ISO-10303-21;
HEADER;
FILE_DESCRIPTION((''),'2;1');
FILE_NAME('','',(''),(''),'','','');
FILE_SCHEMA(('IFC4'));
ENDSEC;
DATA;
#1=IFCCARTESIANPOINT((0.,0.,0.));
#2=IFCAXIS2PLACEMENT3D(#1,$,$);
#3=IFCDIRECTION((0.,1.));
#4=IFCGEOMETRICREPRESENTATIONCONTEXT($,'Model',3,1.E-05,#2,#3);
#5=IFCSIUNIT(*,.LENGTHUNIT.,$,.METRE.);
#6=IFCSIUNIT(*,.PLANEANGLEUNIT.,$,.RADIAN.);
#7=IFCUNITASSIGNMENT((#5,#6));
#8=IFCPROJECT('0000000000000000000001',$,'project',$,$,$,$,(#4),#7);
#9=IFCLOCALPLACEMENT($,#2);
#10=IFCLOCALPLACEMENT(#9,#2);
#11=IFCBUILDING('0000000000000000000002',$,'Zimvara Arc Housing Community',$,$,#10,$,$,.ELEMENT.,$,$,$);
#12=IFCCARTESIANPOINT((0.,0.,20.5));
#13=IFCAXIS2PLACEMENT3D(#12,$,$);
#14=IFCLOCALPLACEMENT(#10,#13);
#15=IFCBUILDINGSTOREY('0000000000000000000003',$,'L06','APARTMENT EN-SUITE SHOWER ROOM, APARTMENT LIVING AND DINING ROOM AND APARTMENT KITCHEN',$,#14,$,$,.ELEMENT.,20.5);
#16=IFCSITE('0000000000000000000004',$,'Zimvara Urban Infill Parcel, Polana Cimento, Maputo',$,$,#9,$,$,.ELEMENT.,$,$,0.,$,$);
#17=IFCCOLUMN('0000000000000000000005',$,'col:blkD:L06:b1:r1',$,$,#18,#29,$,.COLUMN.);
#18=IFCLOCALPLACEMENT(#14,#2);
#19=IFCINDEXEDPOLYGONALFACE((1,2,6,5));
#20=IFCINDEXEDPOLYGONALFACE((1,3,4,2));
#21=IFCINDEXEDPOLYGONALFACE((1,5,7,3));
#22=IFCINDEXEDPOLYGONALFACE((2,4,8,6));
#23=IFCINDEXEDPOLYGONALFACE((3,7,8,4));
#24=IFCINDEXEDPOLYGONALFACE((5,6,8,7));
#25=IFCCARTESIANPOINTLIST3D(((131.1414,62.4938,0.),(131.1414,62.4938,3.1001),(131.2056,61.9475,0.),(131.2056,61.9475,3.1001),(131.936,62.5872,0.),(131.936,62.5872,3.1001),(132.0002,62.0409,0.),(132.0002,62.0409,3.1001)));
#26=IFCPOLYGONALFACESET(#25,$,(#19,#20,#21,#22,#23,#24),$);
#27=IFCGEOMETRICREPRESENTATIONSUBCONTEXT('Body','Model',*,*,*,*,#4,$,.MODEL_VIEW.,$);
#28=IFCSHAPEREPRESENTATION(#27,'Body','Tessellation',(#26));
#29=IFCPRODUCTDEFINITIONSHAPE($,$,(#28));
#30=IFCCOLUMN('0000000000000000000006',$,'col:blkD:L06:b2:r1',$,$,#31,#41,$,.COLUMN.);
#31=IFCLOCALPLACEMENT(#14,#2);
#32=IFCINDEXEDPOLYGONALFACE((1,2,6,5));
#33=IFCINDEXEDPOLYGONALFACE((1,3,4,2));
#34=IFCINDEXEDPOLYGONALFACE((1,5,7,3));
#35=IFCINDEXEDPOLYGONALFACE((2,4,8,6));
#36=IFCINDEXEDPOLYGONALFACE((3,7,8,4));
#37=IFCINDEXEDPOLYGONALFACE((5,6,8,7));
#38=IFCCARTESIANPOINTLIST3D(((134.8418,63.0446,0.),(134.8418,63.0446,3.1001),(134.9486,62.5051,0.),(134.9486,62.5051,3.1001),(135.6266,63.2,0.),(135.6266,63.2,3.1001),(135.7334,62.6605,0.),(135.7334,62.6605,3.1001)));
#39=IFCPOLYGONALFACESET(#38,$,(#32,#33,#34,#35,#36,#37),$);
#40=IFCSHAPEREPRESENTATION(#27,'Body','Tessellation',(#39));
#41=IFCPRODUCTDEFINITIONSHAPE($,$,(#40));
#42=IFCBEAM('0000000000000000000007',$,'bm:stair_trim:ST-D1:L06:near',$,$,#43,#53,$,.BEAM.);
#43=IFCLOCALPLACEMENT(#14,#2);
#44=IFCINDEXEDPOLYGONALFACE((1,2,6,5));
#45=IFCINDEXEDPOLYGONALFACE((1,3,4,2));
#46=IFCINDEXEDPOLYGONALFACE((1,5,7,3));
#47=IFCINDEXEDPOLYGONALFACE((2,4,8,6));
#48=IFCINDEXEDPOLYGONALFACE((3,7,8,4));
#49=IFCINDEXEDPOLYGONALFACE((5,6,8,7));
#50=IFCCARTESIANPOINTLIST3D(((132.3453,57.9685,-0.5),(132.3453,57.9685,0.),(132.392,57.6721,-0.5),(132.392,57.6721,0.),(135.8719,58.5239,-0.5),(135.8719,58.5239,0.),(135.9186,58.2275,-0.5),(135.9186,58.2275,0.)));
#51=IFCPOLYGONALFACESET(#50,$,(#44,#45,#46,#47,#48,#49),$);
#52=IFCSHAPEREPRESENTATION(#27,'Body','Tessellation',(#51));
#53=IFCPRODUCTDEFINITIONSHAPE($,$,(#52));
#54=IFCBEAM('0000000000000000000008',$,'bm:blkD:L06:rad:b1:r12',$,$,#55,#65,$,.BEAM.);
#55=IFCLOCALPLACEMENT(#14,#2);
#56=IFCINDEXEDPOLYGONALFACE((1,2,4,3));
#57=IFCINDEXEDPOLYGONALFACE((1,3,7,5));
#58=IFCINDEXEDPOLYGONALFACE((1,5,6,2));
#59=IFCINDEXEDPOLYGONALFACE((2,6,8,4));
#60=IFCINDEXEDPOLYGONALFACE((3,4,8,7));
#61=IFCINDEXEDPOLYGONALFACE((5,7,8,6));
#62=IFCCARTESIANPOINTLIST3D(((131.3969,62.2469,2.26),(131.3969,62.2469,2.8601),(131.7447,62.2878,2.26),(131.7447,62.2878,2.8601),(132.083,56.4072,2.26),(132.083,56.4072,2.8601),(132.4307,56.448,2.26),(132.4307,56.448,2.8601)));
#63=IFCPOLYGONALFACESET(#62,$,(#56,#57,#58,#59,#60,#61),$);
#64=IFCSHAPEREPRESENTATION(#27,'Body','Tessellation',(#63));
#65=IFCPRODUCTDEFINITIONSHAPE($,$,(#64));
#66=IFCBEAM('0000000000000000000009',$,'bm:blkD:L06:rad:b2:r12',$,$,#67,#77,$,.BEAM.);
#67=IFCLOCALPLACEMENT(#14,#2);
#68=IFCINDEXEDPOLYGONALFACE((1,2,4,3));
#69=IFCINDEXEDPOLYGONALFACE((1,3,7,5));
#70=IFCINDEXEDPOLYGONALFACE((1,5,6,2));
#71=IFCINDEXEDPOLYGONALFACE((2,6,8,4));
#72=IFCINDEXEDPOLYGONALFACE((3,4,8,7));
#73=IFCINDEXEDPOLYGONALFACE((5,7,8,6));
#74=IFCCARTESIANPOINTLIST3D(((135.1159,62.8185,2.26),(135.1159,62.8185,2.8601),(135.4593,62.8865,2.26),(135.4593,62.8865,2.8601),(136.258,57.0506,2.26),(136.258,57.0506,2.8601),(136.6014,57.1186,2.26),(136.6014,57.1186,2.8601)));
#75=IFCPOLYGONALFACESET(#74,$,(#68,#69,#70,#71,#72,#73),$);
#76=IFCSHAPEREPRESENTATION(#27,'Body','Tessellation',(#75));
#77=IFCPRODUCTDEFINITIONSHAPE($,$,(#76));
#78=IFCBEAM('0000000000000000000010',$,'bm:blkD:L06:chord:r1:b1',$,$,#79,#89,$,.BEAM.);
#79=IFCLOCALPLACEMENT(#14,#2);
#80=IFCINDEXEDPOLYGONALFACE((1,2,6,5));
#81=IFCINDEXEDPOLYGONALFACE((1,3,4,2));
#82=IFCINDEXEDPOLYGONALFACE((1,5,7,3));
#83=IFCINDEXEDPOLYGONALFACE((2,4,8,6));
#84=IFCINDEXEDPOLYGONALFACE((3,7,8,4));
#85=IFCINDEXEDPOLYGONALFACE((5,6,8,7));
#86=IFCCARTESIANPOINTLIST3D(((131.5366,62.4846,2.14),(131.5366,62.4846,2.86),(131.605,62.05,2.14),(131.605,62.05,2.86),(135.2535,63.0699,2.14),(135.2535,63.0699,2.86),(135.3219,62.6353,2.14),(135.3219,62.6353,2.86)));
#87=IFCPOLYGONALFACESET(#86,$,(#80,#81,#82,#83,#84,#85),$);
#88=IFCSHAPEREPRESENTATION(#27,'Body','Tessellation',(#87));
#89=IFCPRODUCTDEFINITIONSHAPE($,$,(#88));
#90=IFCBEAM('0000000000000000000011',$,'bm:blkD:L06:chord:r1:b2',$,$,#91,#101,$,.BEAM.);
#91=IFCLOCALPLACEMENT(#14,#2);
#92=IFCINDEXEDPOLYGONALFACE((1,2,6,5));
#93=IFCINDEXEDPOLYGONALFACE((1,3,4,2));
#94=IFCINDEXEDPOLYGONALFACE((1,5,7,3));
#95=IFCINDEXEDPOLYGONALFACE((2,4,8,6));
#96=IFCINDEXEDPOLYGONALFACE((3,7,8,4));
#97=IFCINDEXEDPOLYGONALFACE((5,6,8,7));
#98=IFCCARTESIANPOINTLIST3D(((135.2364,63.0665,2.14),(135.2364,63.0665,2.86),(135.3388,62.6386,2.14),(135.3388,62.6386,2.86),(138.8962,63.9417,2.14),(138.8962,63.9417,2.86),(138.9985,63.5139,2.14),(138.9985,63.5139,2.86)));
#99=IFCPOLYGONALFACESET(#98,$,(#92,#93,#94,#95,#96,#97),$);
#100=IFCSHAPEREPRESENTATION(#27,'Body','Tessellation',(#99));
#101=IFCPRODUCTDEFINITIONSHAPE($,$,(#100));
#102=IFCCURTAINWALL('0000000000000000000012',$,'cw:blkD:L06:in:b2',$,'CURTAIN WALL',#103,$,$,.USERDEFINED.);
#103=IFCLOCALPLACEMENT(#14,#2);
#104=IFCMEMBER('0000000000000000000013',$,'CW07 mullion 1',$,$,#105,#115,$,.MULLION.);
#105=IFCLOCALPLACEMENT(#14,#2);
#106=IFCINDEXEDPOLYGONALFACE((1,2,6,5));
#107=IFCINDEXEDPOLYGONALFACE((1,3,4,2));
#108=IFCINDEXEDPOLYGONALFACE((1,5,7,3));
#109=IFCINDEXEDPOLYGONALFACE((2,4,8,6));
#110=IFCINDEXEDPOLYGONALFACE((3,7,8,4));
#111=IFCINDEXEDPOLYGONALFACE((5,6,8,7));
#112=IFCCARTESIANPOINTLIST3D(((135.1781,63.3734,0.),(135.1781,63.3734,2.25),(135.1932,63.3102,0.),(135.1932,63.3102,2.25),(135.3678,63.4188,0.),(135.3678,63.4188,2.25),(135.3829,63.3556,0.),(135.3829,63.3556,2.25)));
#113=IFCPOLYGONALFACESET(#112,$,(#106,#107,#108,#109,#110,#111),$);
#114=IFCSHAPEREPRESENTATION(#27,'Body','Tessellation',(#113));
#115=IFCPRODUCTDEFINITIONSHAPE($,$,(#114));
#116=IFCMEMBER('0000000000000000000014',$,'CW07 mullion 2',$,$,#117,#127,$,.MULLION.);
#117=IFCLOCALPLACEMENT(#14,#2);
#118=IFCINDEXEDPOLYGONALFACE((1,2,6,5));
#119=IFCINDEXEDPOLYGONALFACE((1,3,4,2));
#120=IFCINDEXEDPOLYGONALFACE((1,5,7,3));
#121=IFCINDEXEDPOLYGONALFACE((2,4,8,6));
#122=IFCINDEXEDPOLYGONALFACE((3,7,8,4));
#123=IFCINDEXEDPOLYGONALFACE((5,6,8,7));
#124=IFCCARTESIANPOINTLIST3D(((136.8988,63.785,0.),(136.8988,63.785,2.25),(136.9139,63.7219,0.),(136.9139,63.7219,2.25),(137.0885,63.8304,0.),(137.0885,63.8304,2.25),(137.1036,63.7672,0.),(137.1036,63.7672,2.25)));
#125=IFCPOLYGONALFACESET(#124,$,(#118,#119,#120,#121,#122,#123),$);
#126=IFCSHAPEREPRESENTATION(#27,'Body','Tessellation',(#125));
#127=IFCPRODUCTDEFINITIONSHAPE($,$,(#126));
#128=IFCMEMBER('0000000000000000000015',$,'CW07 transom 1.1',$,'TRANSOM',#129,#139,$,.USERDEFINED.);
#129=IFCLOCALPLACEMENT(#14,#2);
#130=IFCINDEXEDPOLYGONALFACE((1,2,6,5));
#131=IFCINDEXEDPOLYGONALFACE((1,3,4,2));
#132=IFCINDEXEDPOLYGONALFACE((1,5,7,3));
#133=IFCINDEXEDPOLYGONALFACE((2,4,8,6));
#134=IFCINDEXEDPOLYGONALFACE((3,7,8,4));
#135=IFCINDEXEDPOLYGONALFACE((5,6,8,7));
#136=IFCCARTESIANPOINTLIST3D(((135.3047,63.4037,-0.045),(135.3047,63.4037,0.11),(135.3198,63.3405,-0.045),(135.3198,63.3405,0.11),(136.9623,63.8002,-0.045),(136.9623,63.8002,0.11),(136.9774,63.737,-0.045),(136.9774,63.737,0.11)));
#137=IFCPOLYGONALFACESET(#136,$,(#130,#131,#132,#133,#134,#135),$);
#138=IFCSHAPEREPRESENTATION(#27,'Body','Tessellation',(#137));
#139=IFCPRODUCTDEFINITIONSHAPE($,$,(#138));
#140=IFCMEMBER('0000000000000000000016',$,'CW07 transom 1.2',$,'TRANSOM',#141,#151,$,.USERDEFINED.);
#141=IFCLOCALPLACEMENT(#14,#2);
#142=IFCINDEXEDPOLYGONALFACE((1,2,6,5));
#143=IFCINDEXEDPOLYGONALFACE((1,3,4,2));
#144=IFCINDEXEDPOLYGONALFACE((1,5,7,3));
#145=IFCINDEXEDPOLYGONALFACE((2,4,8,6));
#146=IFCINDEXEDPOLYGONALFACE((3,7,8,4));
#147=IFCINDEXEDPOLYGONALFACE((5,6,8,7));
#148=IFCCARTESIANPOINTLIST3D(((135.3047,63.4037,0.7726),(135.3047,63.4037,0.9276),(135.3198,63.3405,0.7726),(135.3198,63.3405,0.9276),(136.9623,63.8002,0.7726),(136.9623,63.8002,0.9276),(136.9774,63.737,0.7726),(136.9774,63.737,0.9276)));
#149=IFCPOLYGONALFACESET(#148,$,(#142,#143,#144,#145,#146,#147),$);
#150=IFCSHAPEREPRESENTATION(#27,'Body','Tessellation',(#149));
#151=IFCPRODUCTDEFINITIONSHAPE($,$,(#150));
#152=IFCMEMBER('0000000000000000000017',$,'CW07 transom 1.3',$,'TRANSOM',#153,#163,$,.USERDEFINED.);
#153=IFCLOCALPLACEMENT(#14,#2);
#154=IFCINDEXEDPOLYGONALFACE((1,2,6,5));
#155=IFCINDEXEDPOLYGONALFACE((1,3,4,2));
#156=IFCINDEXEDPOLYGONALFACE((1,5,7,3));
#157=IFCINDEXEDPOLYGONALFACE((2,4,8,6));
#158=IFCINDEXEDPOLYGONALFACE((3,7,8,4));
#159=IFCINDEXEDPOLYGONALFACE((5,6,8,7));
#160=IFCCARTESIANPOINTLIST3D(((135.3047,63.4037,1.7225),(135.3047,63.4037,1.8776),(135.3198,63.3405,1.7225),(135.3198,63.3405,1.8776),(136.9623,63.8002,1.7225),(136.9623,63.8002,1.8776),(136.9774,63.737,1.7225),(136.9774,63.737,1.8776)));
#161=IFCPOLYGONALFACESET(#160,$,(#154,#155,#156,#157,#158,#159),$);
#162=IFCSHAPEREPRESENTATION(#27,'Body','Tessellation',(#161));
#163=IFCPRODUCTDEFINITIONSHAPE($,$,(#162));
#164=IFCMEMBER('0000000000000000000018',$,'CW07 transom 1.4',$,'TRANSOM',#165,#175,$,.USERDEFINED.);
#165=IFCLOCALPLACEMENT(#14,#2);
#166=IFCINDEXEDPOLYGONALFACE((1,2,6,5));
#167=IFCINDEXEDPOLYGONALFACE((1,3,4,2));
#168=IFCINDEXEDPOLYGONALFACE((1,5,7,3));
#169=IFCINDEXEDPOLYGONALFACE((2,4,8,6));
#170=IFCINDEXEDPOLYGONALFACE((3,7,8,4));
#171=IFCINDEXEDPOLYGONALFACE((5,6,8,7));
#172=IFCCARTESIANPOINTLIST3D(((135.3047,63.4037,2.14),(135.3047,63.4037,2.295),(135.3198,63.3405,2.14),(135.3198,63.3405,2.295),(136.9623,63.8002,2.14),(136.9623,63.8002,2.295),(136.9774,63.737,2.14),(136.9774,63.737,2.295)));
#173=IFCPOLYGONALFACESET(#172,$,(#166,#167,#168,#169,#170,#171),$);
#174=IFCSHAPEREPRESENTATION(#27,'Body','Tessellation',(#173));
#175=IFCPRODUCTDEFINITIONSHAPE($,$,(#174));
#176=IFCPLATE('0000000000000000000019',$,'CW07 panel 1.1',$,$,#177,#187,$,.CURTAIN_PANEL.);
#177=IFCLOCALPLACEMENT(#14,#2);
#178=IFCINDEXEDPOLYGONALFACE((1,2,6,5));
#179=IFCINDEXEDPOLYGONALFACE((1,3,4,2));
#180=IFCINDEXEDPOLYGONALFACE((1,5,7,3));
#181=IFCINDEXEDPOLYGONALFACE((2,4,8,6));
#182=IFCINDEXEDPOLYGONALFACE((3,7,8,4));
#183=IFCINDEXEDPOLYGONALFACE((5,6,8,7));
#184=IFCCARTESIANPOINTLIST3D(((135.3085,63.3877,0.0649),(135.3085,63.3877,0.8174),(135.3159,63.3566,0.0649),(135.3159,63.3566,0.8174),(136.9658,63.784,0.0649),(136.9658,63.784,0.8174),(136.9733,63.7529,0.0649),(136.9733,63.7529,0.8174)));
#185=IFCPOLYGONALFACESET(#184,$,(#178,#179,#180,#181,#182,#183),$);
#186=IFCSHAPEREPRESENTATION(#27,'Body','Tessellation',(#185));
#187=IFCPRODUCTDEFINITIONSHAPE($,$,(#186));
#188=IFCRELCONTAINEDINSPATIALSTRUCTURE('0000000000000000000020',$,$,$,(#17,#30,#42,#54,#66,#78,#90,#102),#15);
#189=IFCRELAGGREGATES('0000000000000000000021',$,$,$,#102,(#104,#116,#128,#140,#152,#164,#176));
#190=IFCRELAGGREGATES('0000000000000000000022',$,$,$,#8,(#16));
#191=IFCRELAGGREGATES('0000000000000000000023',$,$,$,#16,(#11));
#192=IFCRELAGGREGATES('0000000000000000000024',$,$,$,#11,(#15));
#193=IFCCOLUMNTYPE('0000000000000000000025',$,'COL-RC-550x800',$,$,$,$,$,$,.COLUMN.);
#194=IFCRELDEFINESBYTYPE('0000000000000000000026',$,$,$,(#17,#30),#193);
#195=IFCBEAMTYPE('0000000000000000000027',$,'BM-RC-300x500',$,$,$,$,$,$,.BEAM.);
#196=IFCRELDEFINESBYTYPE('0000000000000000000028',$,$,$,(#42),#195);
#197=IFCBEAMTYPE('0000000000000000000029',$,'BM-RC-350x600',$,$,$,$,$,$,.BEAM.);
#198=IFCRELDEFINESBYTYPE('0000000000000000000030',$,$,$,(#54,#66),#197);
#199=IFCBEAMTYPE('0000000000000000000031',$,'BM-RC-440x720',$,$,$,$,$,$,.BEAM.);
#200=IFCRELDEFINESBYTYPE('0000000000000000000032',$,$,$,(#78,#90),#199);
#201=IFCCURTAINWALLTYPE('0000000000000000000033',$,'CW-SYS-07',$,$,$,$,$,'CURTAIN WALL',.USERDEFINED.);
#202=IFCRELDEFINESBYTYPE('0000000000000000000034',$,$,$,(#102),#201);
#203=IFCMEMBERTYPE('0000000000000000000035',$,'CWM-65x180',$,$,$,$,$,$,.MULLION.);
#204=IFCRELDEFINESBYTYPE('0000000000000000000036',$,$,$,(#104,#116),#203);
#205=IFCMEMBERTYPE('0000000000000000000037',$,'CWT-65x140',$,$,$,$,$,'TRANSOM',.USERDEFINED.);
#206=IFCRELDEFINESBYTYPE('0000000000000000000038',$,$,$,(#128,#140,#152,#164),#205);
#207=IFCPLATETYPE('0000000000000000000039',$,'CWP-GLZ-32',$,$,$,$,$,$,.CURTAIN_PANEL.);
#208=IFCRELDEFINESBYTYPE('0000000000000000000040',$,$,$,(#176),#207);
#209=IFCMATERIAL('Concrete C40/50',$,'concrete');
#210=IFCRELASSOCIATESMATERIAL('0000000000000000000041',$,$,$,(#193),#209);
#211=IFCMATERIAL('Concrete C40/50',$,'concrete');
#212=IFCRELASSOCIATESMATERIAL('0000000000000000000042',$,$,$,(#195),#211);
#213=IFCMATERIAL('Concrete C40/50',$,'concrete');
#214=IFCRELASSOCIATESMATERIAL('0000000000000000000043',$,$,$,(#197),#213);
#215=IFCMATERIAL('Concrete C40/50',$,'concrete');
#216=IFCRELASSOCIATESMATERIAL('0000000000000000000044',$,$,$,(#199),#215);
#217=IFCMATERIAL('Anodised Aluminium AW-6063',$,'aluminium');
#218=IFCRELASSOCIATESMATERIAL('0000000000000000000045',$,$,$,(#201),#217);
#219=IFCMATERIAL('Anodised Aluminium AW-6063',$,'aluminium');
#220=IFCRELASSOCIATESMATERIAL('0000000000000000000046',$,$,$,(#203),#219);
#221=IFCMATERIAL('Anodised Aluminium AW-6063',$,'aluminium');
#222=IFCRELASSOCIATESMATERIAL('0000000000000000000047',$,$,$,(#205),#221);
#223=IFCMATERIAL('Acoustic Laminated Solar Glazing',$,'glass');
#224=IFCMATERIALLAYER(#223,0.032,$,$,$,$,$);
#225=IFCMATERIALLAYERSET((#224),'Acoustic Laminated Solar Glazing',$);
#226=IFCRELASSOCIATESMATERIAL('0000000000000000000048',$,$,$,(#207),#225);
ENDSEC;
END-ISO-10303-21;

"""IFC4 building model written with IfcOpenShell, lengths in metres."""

from ifc_helpers import new_model, si_unit, direction, frame, origin, origin_2d, place, context, subcontext, project, spatial, rectangle, extrude, material, layer, layer_set, material_profile, profile_set, type_object, element, aggregate, save


model = new_model("IFC4")

# Units and contexts
model_context = context("Model", 3, precision=1e-05, world=origin(), true_north=direction((0.0, 1.0)))
body_context = subcontext(model_context, "Body", "Model", "MODEL_VIEW")
ifc_project = project(units=[si_unit("LENGTHUNIT", "METRE"), si_unit("PLANEANGLEUNIT", "RADIAN")], contexts=[model_context])

# Site, building, storey
site_placement = place(None, origin())
site = spatial("IfcSite", under=ifc_project, at=site_placement, Name="Zimvara Urban Infill Parcel, Polana Cimento, Maputo", CompositionType="ELEMENT", RefElevation=0.0)
building_placement = place(site_placement, origin())
building = spatial("IfcBuilding", under=site, at=building_placement, Name="Zimvara Arc Housing Community", CompositionType="ELEMENT")
storey_placement = place(building_placement, frame((0.0, 0.0, 20.5)))
storey = spatial("IfcBuildingStorey", under=building, at=storey_placement, Name="L06", Description="APARTMENT EN-SUITE SHOWER ROOM, APARTMENT LIVING AND DINING ROOM AND APARTMENT KITCHEN", CompositionType="ELEMENT", Elevation=20.5)

# Columns
ifc_material_1 = material(Name="Concrete C40/50", Category="concrete")
ifc_material_profile_1 = material_profile(ifc_material_1, rectangle(XDim=0.55, YDim=0.8, at=origin_2d()), Name="RC 550x800")
ifc_profile_set_1 = profile_set([ifc_material_profile_1], Name="Concrete C40/50")
column_type = type_object("IfcColumnType", Name="COL-RC-550x800", PredefinedType="COLUMN", material=ifc_profile_set_1)
for number, where, z_axis, x_axis, name in (
    (1, (131.5708, 62.2673, 0.0), (0.0, 0.0, 1.0), (0.116671, -0.993171, 0.0), "col:blkD:L06:b1:r1"),
    (2, (135.2876, 62.8525, 0.0), (0.0, 0.0, 1.0), (0.194234, -0.980955, 0.0), "col:blkD:L06:b2:r1"),
):
    element("IfcColumn", number, at=place(storey_placement, frame(where, z_axis=z_axis, x_axis=x_axis)), inside=storey, type_object=column_type, Name=name, PredefinedType="COLUMN", context=body_context, shape_type="SweptSolid", body=[
        extrude(rectangle(XDim=0.55, YDim=0.8, at=origin_2d()), origin(), (0.0, 0.0, 1.0), 3.1001),
    ])

# Beams
ifc_material_2 = material(Name="Concrete C40/50", Category="concrete")
ifc_material_profile_2 = material_profile(ifc_material_2, rectangle(XDim=0.3, YDim=0.5, at=origin_2d()), Name="RC 300x500")
ifc_profile_set_2 = profile_set([ifc_material_profile_2], Name="Concrete C40/50")
beam_type_1 = type_object("IfcBeamType", Name="BM-RC-300x500", PredefinedType="BEAM", material=ifc_profile_set_2)
beam_1_placement = place(storey_placement, frame((132.3687, 57.8203, -0.25), z_axis=(0.987824, 0.155576, 0.0), x_axis=(-0.155576, 0.987824, 0.0)))
element("IfcBeam", 3, at=beam_1_placement, inside=storey, type_object=beam_type_1, Name="bm:stair_trim:ST-D1:L06:near", PredefinedType="BEAM", context=body_context, shape_type="SweptSolid", body=[
    extrude(rectangle(XDim=0.3, YDim=0.5, at=origin_2d()), origin(), (0.0, 0.0, 1.0), 3.5701),
])
ifc_material_3 = material(Name="Concrete C40/50", Category="concrete")
ifc_material_profile_3 = material_profile(ifc_material_3, rectangle(XDim=0.3501, YDim=0.6001, at=origin_2d()), Name="RC 350x600")
ifc_profile_set_3 = profile_set([ifc_material_profile_3], Name="Concrete C40/50")
beam_type_2 = type_object("IfcBeamType", Name="BM-RC-350x600", PredefinedType="BEAM", material=ifc_profile_set_3)
for number, where, z_axis, x_axis, name in (
    (4, (131.5708, 62.2673, 2.5601), (0.116673, -0.99317, 0.0), (0.99317, 0.116673, 0.0), "bm:blkD:L06:rad:b1:r12"),
    (5, (135.2876, 62.8525, 2.5601), (0.194239, -0.980954, 0.0), (0.980954, 0.194239, 0.0), "bm:blkD:L06:rad:b2:r12"),
):
    element("IfcBeam", number, at=place(storey_placement, frame(where, z_axis=z_axis, x_axis=x_axis)), inside=storey, type_object=beam_type_2, Name=name, PredefinedType="BEAM", context=body_context, shape_type="SweptSolid", body=[
        extrude(rectangle(XDim=0.3501, YDim=0.6001, at=origin_2d()), origin(), (0.0, 0.0, 1.0), 5.8799),
    ])
ifc_material_4 = material(Name="Concrete C40/50", Category="concrete")
ifc_material_profile_4 = material_profile(ifc_material_4, rectangle(XDim=0.4399, YDim=0.72, at=origin_2d()), Name="RC 440x720")
ifc_profile_set_4 = profile_set([ifc_material_profile_4], Name="Concrete C40/50")
beam_type_3 = type_object("IfcBeamType", Name="BM-RC-440x720", PredefinedType="BEAM", material=ifc_profile_set_4)
beam_2_placement = place(storey_placement, frame((131.5708, 62.2673, 2.5), z_axis=(0.987831, 0.155533, 0.0), x_axis=(-0.155533, 0.987831, 0.0)))
element("IfcBeam", 6, at=beam_2_placement, inside=storey, type_object=beam_type_3, Name="bm:blkD:L06:chord:r1:b1", PredefinedType="BEAM", context=body_context, shape_type="SweptSolid", body=[
    extrude(rectangle(XDim=0.4399, YDim=0.72, at=origin_2d()), origin(), (0.0, 0.0, 1.0), 3.7627),
])
beam_3_placement = place(storey_placement, frame((135.2876, 62.8525, 2.5), z_axis=(0.972573, 0.2326, 0.0), x_axis=(-0.2326, 0.972573, 0.0)))
element("IfcBeam", 7, at=beam_3_placement, inside=storey, type_object=beam_type_3, Name="bm:blkD:L06:chord:r1:b2", PredefinedType="BEAM", context=body_context, shape_type="SweptSolid", body=[
    extrude(rectangle(XDim=0.4399, YDim=0.72, at=origin_2d()), origin(), (0.0, 0.0, 1.0), 3.7629),
])

# Curtain wall, members, plate
ifc_material_5 = material(Name="Anodised Aluminium AW-6063", Category="aluminium")
curtain_wall_type = type_object("IfcCurtainWallType", Name="CW-SYS-07", ElementType="CURTAIN WALL", PredefinedType="USERDEFINED", material=ifc_material_5)
curtain_wall_placement = place(storey_placement, origin())
curtain_wall = element("IfcCurtainWall", 8, at=curtain_wall_placement, inside=storey, type_object=curtain_wall_type, Name="cw:blkD:L06:in:b2", ObjectType="CURTAIN WALL", PredefinedType="USERDEFINED")
ifc_material_6 = material(Name="Anodised Aluminium AW-6063", Category="aluminium")
ifc_material_profile_5 = material_profile(ifc_material_6, rectangle(XDim=0.0649, YDim=0.1951, at=origin_2d()), Name="ALU 65x195")
ifc_profile_set_5 = profile_set([ifc_material_profile_5], Name="Anodised Aluminium AW-6063")
member_type_1 = type_object("IfcMemberType", Name="CWM-65x180", PredefinedType="MULLION", material=ifc_profile_set_5)
member_1_placement = place(storey_placement, frame((135.2805, 63.3645, 0.0), z_axis=(0.0, 0.0, 1.0), x_axis=(-0.232597, 0.972573, 0.0)))
member_1 = element("IfcMember", 9, at=member_1_placement, type_object=member_type_1, Name="CW07 mullion 1", PredefinedType="MULLION", context=body_context, shape_type="SweptSolid", body=[
    extrude(rectangle(XDim=0.0649, YDim=0.1951, at=origin_2d()), origin(), (0.0, 0.0, 1.0), 2.25),
])
member_2_placement = place(storey_placement, frame((137.0012, 63.7761, 0.0), z_axis=(0.0, 0.0, 1.0), x_axis=(-0.232597, 0.972573, 0.0)))
member_2 = element("IfcMember", 10, at=member_2_placement, type_object=member_type_1, Name="CW07 mullion 2", PredefinedType="MULLION", context=body_context, shape_type="SweptSolid", body=[
    extrude(rectangle(XDim=0.0649, YDim=0.1951, at=origin_2d()), origin(), (0.0, 0.0, 1.0), 2.25),
])
ifc_material_7 = material(Name="Anodised Aluminium AW-6063", Category="aluminium")
ifc_material_profile_6 = material_profile(ifc_material_7, rectangle(XDim=0.0649, YDim=0.155, at=origin_2d()), Name="ALU 65x155")
ifc_profile_set_6 = profile_set([ifc_material_profile_6], Name="Anodised Aluminium AW-6063")
member_type_2 = type_object("IfcMemberType", Name="CWT-65x140", ElementType="TRANSOM", PredefinedType="USERDEFINED", material=ifc_profile_set_6)
member_3_placement = place(storey_placement, frame((135.3123, 63.3721, 0.0325), z_axis=(0.972561, 0.232647, 0.0), x_axis=(-0.232647, 0.972561, 0.0)))
member_3 = element("IfcMember", 11, at=member_3_placement, type_object=member_type_2, Name="CW07 transom 1.1", ObjectType="TRANSOM", PredefinedType="USERDEFINED", context=body_context, shape_type="SweptSolid", body=[
    extrude(rectangle(XDim=0.0649, YDim=0.155, at=origin_2d()), origin(), (0.0, 0.0, 1.0), 1.7043),
])
member_4_placement = place(storey_placement, frame((135.3123, 63.3721, 0.8501), z_axis=(0.972561, 0.232647, 0.0), x_axis=(-0.232647, 0.972561, 0.0)))
member_4 = element("IfcMember", 12, at=member_4_placement, type_object=member_type_2, Name="CW07 transom 1.2", ObjectType="TRANSOM", PredefinedType="USERDEFINED", context=body_context, shape_type="SweptSolid", body=[
    extrude(rectangle(XDim=0.0649, YDim=0.155, at=origin_2d()), origin(), (0.0, 0.0, 1.0), 1.7043),
])
member_5_placement = place(storey_placement, frame((135.3123, 63.3721, 1.8), z_axis=(0.972561, 0.232647, 0.0), x_axis=(-0.232647, 0.972561, 0.0)))
member_5 = element("IfcMember", 13, at=member_5_placement, type_object=member_type_2, Name="CW07 transom 1.3", ObjectType="TRANSOM", PredefinedType="USERDEFINED", context=body_context, shape_type="SweptSolid", body=[
    extrude(rectangle(XDim=0.0649, YDim=0.155, at=origin_2d()), origin(), (0.0, 0.0, 1.0), 1.7043),
])
member_6_placement = place(storey_placement, frame((135.3123, 63.3721, 2.2175), z_axis=(0.972561, 0.232647, 0.0), x_axis=(-0.232647, 0.972561, 0.0)))
member_6 = element("IfcMember", 14, at=member_6_placement, type_object=member_type_2, Name="CW07 transom 1.4", ObjectType="TRANSOM", PredefinedType="USERDEFINED", context=body_context, shape_type="SweptSolid", body=[
    extrude(rectangle(XDim=0.0649, YDim=0.155, at=origin_2d()), origin(), (0.0, 0.0, 1.0), 1.7043),
])
ifc_material_8 = material(Name="Acoustic Laminated Solar Glazing", Category="glass")
ifc_layer_1 = layer(ifc_material_8, 0.032)
ifc_layer_set_1 = layer_set([ifc_layer_1], Name="Acoustic Laminated Solar Glazing")
plate_type = type_object("IfcPlateType", Name="CWP-GLZ-32", PredefinedType="CURTAIN_PANEL", material=ifc_layer_set_1)
plate_1_placement = place(storey_placement, frame((136.1409, 63.5703, 0.0649), z_axis=(0.0, 0.0, 1.0), x_axis=(0.972573, 0.232597, 0.0)))
plate_1 = element("IfcPlate", 15, at=plate_1_placement, type_object=plate_type, Name="CW07 panel 1.1", PredefinedType="CURTAIN_PANEL", context=body_context, shape_type="SweptSolid", body=[
    extrude(rectangle(XDim=1.7041, YDim=0.032, at=origin_2d()), origin(), (0.0, 0.0, 1.0), 0.7524),
])
aggregate(curtain_wall, [member_1, member_2, member_3, member_4, member_5, member_6, plate_1])

save(model, "model.ifc")
